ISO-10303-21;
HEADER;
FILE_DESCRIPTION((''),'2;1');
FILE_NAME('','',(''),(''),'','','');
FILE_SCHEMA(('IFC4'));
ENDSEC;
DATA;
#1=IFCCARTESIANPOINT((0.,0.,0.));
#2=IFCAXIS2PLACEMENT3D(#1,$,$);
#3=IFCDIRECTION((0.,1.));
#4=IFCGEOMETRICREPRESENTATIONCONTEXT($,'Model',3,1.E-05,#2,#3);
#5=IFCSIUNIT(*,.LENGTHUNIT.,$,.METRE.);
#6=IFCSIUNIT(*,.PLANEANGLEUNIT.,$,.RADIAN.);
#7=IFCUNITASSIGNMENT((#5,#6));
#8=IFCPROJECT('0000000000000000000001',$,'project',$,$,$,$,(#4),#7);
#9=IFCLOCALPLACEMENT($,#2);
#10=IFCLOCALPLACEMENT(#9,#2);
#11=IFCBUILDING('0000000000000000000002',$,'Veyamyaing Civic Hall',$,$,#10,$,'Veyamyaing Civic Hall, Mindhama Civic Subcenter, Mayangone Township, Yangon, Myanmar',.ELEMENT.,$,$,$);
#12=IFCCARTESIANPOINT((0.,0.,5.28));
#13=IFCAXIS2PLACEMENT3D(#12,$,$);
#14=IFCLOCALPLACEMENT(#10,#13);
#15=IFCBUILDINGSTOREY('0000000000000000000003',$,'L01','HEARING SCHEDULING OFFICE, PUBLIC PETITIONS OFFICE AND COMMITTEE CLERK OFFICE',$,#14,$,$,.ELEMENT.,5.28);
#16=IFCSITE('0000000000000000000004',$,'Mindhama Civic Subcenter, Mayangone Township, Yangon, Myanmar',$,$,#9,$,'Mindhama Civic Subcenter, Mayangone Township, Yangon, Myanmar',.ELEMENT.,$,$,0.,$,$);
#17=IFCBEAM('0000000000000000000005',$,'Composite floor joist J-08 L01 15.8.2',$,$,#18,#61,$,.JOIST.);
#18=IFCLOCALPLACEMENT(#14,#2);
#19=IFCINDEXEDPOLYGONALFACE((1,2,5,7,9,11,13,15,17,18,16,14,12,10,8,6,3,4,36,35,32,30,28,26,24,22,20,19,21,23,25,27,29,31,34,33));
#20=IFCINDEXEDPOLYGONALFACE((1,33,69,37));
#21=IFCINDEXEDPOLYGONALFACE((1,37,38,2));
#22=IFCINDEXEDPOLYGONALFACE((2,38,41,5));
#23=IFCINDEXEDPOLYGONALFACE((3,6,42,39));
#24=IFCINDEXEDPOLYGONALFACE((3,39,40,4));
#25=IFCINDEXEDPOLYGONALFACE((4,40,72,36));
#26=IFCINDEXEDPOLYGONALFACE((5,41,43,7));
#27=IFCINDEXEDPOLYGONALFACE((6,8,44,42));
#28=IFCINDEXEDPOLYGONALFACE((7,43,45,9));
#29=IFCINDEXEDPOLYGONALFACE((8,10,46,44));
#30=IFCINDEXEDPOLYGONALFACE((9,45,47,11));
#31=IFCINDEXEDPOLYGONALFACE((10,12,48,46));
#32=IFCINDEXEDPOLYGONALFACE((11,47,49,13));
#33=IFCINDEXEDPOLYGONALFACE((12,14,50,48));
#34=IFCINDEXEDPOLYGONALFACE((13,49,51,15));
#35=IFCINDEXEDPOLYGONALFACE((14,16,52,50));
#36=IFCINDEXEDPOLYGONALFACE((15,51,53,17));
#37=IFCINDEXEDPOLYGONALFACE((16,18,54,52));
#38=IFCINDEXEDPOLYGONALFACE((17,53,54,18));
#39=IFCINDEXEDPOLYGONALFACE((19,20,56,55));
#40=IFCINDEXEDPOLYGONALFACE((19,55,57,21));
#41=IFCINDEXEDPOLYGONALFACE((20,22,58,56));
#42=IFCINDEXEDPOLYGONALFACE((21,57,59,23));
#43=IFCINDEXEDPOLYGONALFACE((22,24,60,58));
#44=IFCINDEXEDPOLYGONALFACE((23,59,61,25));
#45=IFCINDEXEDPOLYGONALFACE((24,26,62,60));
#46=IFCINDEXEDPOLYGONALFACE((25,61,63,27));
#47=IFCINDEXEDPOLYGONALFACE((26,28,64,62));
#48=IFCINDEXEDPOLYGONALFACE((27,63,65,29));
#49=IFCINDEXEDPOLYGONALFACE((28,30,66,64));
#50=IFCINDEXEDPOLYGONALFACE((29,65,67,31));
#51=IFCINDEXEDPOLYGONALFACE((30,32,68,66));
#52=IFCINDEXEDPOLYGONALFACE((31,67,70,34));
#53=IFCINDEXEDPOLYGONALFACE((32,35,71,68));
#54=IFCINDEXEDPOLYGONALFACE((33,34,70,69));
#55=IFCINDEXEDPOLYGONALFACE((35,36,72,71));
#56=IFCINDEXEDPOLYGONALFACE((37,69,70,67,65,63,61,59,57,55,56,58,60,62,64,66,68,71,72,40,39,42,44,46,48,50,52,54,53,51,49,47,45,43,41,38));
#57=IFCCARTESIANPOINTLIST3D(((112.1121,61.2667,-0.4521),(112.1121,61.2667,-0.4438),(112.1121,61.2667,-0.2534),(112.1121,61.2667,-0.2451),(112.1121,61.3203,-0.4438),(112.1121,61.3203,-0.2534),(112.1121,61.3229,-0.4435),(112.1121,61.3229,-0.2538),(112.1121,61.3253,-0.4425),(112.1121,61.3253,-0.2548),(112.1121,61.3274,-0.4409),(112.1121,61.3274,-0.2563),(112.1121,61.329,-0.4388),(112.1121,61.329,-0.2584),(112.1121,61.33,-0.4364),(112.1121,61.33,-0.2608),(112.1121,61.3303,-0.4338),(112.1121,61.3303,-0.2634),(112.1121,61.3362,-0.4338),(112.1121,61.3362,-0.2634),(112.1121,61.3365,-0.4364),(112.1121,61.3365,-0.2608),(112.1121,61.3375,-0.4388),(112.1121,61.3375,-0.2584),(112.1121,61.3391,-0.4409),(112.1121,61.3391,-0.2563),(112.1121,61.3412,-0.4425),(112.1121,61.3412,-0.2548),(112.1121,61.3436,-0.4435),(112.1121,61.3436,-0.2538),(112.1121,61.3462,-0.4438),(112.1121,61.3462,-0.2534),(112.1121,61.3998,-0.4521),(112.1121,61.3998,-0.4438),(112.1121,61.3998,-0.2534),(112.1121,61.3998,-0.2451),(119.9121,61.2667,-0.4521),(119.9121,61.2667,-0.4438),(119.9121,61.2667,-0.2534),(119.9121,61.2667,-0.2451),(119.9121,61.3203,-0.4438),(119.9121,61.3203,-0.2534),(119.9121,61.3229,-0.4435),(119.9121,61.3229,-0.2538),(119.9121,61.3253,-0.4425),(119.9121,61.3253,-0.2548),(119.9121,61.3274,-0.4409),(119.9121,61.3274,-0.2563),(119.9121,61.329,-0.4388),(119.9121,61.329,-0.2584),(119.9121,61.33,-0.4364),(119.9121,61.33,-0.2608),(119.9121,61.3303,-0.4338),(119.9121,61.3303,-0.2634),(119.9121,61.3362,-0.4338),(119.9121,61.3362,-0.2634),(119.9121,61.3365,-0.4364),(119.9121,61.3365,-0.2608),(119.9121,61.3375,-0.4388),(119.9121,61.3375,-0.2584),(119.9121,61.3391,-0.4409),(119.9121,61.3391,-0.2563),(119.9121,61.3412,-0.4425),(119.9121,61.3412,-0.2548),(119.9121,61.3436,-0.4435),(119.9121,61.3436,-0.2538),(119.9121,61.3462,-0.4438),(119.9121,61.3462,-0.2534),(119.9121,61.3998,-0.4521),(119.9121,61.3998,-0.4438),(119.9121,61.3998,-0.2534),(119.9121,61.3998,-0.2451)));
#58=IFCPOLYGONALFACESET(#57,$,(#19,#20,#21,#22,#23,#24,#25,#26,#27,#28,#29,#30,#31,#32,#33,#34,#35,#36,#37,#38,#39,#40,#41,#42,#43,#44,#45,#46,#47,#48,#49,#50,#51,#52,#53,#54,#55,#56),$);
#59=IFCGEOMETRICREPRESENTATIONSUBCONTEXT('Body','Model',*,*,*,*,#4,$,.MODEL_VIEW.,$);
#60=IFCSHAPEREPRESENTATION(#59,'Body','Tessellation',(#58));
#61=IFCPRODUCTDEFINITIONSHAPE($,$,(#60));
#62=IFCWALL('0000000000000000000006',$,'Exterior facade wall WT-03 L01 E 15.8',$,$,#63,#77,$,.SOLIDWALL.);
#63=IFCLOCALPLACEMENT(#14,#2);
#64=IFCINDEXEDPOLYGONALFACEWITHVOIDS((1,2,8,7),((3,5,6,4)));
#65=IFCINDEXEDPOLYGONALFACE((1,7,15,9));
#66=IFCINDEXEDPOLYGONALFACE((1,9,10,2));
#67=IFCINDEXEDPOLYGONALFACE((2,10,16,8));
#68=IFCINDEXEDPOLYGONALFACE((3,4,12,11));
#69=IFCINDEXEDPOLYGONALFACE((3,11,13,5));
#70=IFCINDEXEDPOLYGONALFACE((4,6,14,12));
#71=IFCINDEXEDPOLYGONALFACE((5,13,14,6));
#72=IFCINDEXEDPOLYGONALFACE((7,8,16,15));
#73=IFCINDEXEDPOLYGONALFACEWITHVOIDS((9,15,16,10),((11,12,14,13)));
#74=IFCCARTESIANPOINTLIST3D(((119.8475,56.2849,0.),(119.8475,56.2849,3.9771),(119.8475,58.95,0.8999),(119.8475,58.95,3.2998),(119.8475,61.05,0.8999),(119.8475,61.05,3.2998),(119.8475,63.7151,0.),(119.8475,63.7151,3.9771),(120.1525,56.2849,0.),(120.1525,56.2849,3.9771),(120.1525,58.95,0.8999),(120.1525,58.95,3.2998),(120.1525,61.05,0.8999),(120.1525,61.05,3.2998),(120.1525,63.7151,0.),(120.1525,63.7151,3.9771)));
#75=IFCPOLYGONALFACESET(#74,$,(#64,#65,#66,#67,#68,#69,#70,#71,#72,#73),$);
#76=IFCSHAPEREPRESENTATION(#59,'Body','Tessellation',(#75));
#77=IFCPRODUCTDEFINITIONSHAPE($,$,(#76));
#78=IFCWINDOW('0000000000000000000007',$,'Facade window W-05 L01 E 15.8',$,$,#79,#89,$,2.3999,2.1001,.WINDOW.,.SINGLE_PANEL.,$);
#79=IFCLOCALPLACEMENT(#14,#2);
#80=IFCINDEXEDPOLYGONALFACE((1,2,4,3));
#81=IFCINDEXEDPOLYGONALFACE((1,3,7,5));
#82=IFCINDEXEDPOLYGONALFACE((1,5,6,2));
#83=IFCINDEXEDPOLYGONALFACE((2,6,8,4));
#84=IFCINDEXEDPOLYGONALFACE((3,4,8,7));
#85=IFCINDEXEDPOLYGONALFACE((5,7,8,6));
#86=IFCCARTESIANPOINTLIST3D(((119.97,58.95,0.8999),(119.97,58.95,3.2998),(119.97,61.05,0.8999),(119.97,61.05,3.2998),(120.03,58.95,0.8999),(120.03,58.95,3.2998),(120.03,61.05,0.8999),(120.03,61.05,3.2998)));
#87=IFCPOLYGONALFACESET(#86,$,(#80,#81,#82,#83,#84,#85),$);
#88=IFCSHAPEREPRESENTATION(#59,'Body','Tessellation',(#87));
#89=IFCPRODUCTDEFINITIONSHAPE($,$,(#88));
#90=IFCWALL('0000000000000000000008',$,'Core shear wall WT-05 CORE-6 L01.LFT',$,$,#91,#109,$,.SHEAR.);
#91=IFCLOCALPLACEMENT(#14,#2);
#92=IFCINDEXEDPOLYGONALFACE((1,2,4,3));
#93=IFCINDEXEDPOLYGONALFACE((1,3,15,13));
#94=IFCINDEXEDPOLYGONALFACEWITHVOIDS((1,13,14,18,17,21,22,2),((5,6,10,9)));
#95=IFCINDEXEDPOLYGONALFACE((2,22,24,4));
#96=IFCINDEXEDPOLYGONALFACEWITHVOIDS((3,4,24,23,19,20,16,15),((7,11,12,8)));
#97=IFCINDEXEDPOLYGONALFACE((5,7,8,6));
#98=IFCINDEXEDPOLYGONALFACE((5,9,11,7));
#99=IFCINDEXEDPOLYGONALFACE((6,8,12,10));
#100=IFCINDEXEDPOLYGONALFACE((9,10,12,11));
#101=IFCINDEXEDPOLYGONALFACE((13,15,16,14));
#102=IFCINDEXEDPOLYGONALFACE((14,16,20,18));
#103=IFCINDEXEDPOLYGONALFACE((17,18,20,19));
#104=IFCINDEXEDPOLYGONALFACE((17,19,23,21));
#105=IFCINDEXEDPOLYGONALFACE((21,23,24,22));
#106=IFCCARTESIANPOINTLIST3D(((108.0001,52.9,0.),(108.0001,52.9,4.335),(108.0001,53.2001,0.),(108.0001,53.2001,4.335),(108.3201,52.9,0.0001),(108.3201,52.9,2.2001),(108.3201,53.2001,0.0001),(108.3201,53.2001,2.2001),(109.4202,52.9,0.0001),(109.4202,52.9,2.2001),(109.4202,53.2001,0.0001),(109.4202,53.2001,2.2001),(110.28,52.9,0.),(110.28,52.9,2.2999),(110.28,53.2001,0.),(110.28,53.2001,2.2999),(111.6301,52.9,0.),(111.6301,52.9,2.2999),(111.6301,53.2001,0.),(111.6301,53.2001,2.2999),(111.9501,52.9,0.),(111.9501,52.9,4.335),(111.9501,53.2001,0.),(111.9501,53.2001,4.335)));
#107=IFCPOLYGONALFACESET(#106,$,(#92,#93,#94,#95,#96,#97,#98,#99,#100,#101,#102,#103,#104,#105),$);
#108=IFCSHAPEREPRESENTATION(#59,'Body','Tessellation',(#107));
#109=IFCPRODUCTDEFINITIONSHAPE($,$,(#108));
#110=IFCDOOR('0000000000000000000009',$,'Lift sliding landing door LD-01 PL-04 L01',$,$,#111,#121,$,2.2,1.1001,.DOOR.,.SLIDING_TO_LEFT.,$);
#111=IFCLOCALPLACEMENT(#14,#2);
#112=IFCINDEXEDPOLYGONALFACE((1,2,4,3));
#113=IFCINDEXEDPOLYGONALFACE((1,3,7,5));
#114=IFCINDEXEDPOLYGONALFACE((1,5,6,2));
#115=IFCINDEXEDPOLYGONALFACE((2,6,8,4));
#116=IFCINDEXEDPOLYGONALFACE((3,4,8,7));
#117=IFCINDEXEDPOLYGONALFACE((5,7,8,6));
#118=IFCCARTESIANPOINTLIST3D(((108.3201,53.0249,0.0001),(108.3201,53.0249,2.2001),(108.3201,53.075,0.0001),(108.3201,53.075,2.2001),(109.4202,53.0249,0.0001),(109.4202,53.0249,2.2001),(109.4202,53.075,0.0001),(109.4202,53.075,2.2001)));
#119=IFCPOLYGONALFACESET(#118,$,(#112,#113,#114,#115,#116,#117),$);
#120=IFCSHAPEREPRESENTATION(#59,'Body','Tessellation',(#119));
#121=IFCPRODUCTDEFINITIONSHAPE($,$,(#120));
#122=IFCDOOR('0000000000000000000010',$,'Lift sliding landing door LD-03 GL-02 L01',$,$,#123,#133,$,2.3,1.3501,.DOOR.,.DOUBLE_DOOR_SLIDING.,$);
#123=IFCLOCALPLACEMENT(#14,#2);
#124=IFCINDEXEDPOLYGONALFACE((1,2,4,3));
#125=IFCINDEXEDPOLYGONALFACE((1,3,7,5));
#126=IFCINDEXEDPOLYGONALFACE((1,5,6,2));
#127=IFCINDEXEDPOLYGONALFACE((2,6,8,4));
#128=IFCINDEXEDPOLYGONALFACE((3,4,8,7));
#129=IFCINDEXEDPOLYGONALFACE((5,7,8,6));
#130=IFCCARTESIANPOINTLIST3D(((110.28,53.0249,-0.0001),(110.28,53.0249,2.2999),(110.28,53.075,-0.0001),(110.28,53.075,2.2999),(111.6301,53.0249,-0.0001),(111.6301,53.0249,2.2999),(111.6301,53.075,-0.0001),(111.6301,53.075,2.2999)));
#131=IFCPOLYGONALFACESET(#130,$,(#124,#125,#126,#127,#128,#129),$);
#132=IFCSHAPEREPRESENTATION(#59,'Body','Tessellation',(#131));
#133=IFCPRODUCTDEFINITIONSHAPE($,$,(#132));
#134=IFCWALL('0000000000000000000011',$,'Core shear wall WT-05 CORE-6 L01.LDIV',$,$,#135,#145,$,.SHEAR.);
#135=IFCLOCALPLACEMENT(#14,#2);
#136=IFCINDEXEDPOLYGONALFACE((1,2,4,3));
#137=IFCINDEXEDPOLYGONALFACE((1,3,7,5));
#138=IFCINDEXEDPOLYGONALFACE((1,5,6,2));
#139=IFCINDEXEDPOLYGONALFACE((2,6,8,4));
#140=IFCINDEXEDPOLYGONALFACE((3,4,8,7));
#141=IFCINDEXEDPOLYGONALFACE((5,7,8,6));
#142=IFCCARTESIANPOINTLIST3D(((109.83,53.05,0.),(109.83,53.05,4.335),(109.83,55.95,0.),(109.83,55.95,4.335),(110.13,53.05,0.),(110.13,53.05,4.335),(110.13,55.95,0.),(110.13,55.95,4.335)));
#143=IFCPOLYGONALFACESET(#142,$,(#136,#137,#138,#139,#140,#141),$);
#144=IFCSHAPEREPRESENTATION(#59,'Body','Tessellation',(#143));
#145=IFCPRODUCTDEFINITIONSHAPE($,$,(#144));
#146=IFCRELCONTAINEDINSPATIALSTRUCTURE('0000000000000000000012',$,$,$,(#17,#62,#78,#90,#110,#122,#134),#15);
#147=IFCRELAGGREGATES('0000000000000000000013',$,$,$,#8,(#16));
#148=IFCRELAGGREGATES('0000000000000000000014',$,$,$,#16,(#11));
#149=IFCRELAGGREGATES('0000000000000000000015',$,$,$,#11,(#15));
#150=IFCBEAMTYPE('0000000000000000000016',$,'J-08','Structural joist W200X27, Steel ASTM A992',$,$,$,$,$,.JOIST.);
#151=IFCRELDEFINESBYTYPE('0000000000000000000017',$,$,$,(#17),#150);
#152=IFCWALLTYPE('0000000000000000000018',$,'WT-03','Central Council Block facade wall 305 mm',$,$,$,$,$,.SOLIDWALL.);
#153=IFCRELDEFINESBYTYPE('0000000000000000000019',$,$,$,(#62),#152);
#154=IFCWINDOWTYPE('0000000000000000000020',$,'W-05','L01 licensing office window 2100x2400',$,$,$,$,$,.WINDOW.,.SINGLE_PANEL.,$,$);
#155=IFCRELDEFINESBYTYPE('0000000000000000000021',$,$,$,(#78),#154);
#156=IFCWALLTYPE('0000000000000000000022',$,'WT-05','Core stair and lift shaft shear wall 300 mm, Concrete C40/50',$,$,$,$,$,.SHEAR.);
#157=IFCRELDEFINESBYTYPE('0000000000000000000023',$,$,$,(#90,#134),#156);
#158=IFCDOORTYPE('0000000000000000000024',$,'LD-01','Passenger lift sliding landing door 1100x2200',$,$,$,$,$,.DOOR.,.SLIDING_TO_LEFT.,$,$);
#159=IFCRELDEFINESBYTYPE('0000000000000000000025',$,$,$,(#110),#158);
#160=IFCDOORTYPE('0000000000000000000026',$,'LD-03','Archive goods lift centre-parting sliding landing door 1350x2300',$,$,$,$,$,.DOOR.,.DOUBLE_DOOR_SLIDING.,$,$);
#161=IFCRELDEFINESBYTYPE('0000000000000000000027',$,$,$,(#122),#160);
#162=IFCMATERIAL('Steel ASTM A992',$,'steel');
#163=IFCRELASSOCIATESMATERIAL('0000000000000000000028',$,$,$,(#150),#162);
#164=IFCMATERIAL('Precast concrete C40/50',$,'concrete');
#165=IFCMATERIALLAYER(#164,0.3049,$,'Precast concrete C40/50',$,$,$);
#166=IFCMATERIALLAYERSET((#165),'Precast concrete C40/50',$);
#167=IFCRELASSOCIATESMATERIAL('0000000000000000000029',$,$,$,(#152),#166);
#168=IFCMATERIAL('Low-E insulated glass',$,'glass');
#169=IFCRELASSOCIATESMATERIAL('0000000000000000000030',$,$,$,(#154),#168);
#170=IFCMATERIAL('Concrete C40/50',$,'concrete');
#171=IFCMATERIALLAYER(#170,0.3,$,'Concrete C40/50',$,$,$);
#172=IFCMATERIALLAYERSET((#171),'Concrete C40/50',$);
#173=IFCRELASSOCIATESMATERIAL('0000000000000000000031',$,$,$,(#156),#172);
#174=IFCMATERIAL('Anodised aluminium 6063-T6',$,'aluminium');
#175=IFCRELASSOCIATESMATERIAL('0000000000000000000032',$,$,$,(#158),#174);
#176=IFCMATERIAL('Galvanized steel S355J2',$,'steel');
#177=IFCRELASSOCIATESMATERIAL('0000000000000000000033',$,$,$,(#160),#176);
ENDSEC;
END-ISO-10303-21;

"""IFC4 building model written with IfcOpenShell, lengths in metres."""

from ifc_helpers import new_model, si_unit, direction, frame, frame_2d, origin, origin_2d, place, context, subcontext, project, spatial, rectangle, i_section, extrude, material, layer, layer_set, material_profile, profile_set, type_object, element, fill, save


model = new_model("IFC4")

# Units and contexts
model_context = context("Model", 3, precision=1e-05, world=origin(), true_north=direction((0.0, 1.0)))
body_context = subcontext(model_context, "Body", "Model", "MODEL_VIEW")
ifc_project = project(units=[si_unit("LENGTHUNIT", "METRE"), si_unit("PLANEANGLEUNIT", "RADIAN")], contexts=[model_context])

# Site, building, storey
site_placement = place(None, origin())
site = spatial("IfcSite", under=ifc_project, at=site_placement, Name="Mindhama Civic Subcenter, Mayangone Township, Yangon, Myanmar", LongName="Mindhama Civic Subcenter, Mayangone Township, Yangon, Myanmar", CompositionType="ELEMENT", RefElevation=0.0)
building_placement = place(site_placement, origin())
building = spatial("IfcBuilding", under=site, at=building_placement, Name="Veyamyaing Civic Hall", LongName="Veyamyaing Civic Hall, Mindhama Civic Subcenter, Mayangone Township, Yangon, Myanmar", CompositionType="ELEMENT")
storey_placement = place(building_placement, frame((0.0, 0.0, 5.28)))
storey = spatial("IfcBuildingStorey", under=building, at=storey_placement, Name="L01", Description="HEARING SCHEDULING OFFICE, PUBLIC PETITIONS OFFICE AND COMMITTEE CLERK OFFICE", CompositionType="ELEMENT", Elevation=5.28)

# Beam
ifc_material_1 = material(Name="Steel ASTM A992", Category="steel")
ifc_material_profile_1 = material_profile(ifc_material_1, i_section(OverallWidth=0.1331, OverallDepth=0.207, WebThickness=0.0059, FlangeThickness=0.0083, FilletRadius=0.01, at=origin_2d()), Name="W200X27")
ifc_profile_set_1 = profile_set([ifc_material_profile_1], Name="Steel ASTM A992")
beam_type_1 = type_object("IfcBeamType", Name="J-08", Description="Structural joist W200X27, Steel ASTM A992", PredefinedType="JOIST", material=ifc_profile_set_1)
for number, where, z_axis, x_axis, name in (
    (1, (112.1121, 61.3333, -0.3486), (1.0, 0.0, 0.0), (0.0, 1.0, 0.0), "Composite floor joist J-08 L01 15.8.2"),
):
    element("IfcBeam", number, at=place(storey_placement, frame(where, z_axis=z_axis, x_axis=x_axis)), inside=storey, type_object=beam_type_1, Name=name, PredefinedType="JOIST", context=body_context, shape_type="SweptSolid", body=[
        extrude(i_section(OverallWidth=0.1331, OverallDepth=0.207, WebThickness=0.0059, FlangeThickness=0.0083, FilletRadius=0.01, at=origin_2d()), origin(), (0.0, 0.0, 1.0), 7.8),
    ])

# Wall, opening, window
ifc_material_2 = material(Name="Precast concrete C40/50", Category="concrete")
ifc_layer_1 = layer(ifc_material_2, 0.3049, Name="Precast concrete C40/50")
ifc_layer_set_1 = layer_set([ifc_layer_1], Name="Precast concrete C40/50")
wall_type_1 = type_object("IfcWallType", Name="WT-03", Description="Central Council Block facade wall 305 mm", PredefinedType="SOLIDWALL", material=ifc_layer_set_1)
wall_1_placement = place(storey_placement, frame((120.0, 56.2849, 0.0), z_axis=(0.0, 0.0, 1.0), x_axis=(0.0, 1.0, 0.0)))
wall_1 = element("IfcWall", 2, at=wall_1_placement, inside=storey, type_object=wall_type_1, Name="Exterior facade wall WT-03 L01 E 15.8", PredefinedType="SOLIDWALL", context=body_context, shape_type="SweptSolid", body=[
    extrude(rectangle(XDim=7.4302, YDim=0.3049, at=frame_2d((3.7151, 0.0))), origin(), (0.0, 0.0, 1.0), 3.9771),
])
opening_1_placement = place(wall_1_placement, frame((2.665, 0.0, 0.8999)))
opening_1 = element("IfcOpeningElement", 3, at=opening_1_placement, cuts=wall_1, PredefinedType="OPENING", context=body_context, shape_type="SweptSolid", body=[
    extrude(rectangle(XDim=2.1001, YDim=2.3999, at=frame_2d((1.05, 1.2))), frame((0.0, 0.1624, 0.0), z_axis=(0.0, -1.0, 0.0), x_axis=(1.0, 0.0, 0.0)), (0.0, 0.0, 1.0), 0.325),
])
ifc_material_3 = material(Name="Low-E insulated glass", Category="glass")
window_type = type_object("IfcWindowType", Name="W-05", Description="L01 licensing office window 2100x2400", PartitioningType="SINGLE_PANEL", PredefinedType="WINDOW", material=ifc_material_3)
window_placement = place(opening_1_placement, origin())
window = element("IfcWindow", 4, at=window_placement, inside=storey, type_object=window_type, Name="Facade window W-05 L01 E 15.8", OverallHeight=2.3999, OverallWidth=2.1001, PartitioningType="SINGLE_PANEL", PredefinedType="WINDOW", context=body_context, shape_type="SweptSolid", body=[
    extrude(rectangle(XDim=2.1001, YDim=2.3999, at=frame_2d((1.05, 1.2))), frame((0.0, 0.03, 0.0), z_axis=(0.0, -1.0, 0.0), x_axis=(1.0, 0.0, 0.0)), (0.0, 0.0, 1.0), 0.0601),
])
fill(opening_1, window)

# Wall, openings, doors
ifc_material_4 = material(Name="Concrete C40/50", Category="concrete")
ifc_layer_2 = layer(ifc_material_4, 0.3, Name="Concrete C40/50")
ifc_layer_set_2 = layer_set([ifc_layer_2], Name="Concrete C40/50")
wall_type_2 = type_object("IfcWallType", Name="WT-05", Description="Core stair and lift shaft shear wall 300 mm, Concrete C40/50", PredefinedType="SHEAR", material=ifc_layer_set_2)
wall_2_placement = place(storey_placement, frame((108.0, 53.05, 0.0), z_axis=(0.0, 0.0, 1.0), x_axis=(1.0, 0.0, 0.0)))
wall_2 = element("IfcWall", 5, at=wall_2_placement, inside=storey, type_object=wall_type_2, Name="Core shear wall WT-05 CORE-6 L01.LFT", PredefinedType="SHEAR", context=body_context, shape_type="SweptSolid", body=[
    extrude(rectangle(XDim=3.95, YDim=0.3, at=frame_2d((1.9751, 0.0))), origin(), (0.0, 0.0, 1.0), 4.335),
])
opening_2_placement = place(wall_2_placement, frame((0.3201, 0.0, 0.0)))
opening_2 = element("IfcOpeningElement", 6, at=opening_2_placement, cuts=wall_2, PredefinedType="OPENING", context=body_context, shape_type="SweptSolid", body=[
    extrude(rectangle(XDim=1.1001, YDim=2.2, at=frame_2d((0.55, 1.1001))), frame((0.0, 0.1599, 0.0), z_axis=(0.0, -1.0, 0.0), x_axis=(1.0, 0.0, 0.0)), (0.0, 0.0, 1.0), 0.3201),
])
opening_3_placement = place(wall_2_placement, frame((2.28, 0.0, 0.0)))
opening_3 = element("IfcOpeningElement", 7, at=opening_3_placement, cuts=wall_2, PredefinedType="OPENING", context=body_context, shape_type="SweptSolid", body=[
    extrude(rectangle(XDim=1.3501, YDim=2.3, at=frame_2d((0.675, 1.1499))), frame((0.0, 0.1599, 0.0), z_axis=(0.0, -1.0, 0.0), x_axis=(1.0, 0.0, 0.0)), (0.0, 0.0, 1.0), 0.3201),
])
ifc_material_5 = material(Name="Anodised aluminium 6063-T6", Category="aluminium")
door_type_1 = type_object("IfcDoorType", Name="LD-01", Description="Passenger lift sliding landing door 1100x2200", OperationType="SLIDING_TO_LEFT", PredefinedType="DOOR", material=ifc_material_5)
door_1_placement = place(opening_2_placement, origin())
door_1 = element("IfcDoor", 8, at=door_1_placement, inside=storey, type_object=door_type_1, Name="Lift sliding landing door LD-01 PL-04 L01", OperationType="SLIDING_TO_LEFT", OverallHeight=2.2, OverallWidth=1.1001, PredefinedType="DOOR", context=body_context, shape_type="SweptSolid", body=[
    extrude(rectangle(XDim=1.1001, YDim=2.2, at=frame_2d((0.55, 1.1001))), frame((0.0, 0.0249, 0.0), z_axis=(0.0, -1.0, 0.0), x_axis=(1.0, 0.0, 0.0)), (0.0, 0.0, 1.0), 0.05),
])
fill(opening_2, door_1)
ifc_material_6 = material(Name="Galvanized steel S355J2", Category="steel")
door_type_2 = type_object("IfcDoorType", Name="LD-03", Description="Archive goods lift centre-parting sliding landing door 1350x2300", OperationType="DOUBLE_DOOR_SLIDING", PredefinedType="DOOR", material=ifc_material_6)
door_2_placement = place(opening_3_placement, origin())
door_2 = element("IfcDoor", 9, at=door_2_placement, inside=storey, type_object=door_type_2, Name="Lift sliding landing door LD-03 GL-02 L01", OperationType="DOUBLE_DOOR_SLIDING", OverallHeight=2.3, OverallWidth=1.3501, PredefinedType="DOOR", context=body_context, shape_type="SweptSolid", body=[
    extrude(rectangle(XDim=1.3501, YDim=2.3, at=frame_2d((0.675, 1.1499))), frame((0.0, 0.0249, 0.0), z_axis=(0.0, -1.0, 0.0), x_axis=(1.0, 0.0, 0.0)), (0.0, 0.0, 1.0), 0.05),
])
fill(opening_3, door_2)

# Wall
wall_3_placement = place(storey_placement, frame((109.98, 53.05, 0.0), z_axis=(0.0, 0.0, 1.0), x_axis=(0.0, 1.0, 0.0)))
element("IfcWall", 10, at=wall_3_placement, inside=storey, type_object=wall_type_2, Name="Core shear wall WT-05 CORE-6 L01.LDIV", PredefinedType="SHEAR", context=body_context, shape_type="SweptSolid", body=[
    extrude(rectangle(XDim=2.8999, YDim=0.3, at=frame_2d((1.45, 0.0))), origin(), (0.0, 0.0, 1.0), 4.335),
])

save(model, "model.ifc")
